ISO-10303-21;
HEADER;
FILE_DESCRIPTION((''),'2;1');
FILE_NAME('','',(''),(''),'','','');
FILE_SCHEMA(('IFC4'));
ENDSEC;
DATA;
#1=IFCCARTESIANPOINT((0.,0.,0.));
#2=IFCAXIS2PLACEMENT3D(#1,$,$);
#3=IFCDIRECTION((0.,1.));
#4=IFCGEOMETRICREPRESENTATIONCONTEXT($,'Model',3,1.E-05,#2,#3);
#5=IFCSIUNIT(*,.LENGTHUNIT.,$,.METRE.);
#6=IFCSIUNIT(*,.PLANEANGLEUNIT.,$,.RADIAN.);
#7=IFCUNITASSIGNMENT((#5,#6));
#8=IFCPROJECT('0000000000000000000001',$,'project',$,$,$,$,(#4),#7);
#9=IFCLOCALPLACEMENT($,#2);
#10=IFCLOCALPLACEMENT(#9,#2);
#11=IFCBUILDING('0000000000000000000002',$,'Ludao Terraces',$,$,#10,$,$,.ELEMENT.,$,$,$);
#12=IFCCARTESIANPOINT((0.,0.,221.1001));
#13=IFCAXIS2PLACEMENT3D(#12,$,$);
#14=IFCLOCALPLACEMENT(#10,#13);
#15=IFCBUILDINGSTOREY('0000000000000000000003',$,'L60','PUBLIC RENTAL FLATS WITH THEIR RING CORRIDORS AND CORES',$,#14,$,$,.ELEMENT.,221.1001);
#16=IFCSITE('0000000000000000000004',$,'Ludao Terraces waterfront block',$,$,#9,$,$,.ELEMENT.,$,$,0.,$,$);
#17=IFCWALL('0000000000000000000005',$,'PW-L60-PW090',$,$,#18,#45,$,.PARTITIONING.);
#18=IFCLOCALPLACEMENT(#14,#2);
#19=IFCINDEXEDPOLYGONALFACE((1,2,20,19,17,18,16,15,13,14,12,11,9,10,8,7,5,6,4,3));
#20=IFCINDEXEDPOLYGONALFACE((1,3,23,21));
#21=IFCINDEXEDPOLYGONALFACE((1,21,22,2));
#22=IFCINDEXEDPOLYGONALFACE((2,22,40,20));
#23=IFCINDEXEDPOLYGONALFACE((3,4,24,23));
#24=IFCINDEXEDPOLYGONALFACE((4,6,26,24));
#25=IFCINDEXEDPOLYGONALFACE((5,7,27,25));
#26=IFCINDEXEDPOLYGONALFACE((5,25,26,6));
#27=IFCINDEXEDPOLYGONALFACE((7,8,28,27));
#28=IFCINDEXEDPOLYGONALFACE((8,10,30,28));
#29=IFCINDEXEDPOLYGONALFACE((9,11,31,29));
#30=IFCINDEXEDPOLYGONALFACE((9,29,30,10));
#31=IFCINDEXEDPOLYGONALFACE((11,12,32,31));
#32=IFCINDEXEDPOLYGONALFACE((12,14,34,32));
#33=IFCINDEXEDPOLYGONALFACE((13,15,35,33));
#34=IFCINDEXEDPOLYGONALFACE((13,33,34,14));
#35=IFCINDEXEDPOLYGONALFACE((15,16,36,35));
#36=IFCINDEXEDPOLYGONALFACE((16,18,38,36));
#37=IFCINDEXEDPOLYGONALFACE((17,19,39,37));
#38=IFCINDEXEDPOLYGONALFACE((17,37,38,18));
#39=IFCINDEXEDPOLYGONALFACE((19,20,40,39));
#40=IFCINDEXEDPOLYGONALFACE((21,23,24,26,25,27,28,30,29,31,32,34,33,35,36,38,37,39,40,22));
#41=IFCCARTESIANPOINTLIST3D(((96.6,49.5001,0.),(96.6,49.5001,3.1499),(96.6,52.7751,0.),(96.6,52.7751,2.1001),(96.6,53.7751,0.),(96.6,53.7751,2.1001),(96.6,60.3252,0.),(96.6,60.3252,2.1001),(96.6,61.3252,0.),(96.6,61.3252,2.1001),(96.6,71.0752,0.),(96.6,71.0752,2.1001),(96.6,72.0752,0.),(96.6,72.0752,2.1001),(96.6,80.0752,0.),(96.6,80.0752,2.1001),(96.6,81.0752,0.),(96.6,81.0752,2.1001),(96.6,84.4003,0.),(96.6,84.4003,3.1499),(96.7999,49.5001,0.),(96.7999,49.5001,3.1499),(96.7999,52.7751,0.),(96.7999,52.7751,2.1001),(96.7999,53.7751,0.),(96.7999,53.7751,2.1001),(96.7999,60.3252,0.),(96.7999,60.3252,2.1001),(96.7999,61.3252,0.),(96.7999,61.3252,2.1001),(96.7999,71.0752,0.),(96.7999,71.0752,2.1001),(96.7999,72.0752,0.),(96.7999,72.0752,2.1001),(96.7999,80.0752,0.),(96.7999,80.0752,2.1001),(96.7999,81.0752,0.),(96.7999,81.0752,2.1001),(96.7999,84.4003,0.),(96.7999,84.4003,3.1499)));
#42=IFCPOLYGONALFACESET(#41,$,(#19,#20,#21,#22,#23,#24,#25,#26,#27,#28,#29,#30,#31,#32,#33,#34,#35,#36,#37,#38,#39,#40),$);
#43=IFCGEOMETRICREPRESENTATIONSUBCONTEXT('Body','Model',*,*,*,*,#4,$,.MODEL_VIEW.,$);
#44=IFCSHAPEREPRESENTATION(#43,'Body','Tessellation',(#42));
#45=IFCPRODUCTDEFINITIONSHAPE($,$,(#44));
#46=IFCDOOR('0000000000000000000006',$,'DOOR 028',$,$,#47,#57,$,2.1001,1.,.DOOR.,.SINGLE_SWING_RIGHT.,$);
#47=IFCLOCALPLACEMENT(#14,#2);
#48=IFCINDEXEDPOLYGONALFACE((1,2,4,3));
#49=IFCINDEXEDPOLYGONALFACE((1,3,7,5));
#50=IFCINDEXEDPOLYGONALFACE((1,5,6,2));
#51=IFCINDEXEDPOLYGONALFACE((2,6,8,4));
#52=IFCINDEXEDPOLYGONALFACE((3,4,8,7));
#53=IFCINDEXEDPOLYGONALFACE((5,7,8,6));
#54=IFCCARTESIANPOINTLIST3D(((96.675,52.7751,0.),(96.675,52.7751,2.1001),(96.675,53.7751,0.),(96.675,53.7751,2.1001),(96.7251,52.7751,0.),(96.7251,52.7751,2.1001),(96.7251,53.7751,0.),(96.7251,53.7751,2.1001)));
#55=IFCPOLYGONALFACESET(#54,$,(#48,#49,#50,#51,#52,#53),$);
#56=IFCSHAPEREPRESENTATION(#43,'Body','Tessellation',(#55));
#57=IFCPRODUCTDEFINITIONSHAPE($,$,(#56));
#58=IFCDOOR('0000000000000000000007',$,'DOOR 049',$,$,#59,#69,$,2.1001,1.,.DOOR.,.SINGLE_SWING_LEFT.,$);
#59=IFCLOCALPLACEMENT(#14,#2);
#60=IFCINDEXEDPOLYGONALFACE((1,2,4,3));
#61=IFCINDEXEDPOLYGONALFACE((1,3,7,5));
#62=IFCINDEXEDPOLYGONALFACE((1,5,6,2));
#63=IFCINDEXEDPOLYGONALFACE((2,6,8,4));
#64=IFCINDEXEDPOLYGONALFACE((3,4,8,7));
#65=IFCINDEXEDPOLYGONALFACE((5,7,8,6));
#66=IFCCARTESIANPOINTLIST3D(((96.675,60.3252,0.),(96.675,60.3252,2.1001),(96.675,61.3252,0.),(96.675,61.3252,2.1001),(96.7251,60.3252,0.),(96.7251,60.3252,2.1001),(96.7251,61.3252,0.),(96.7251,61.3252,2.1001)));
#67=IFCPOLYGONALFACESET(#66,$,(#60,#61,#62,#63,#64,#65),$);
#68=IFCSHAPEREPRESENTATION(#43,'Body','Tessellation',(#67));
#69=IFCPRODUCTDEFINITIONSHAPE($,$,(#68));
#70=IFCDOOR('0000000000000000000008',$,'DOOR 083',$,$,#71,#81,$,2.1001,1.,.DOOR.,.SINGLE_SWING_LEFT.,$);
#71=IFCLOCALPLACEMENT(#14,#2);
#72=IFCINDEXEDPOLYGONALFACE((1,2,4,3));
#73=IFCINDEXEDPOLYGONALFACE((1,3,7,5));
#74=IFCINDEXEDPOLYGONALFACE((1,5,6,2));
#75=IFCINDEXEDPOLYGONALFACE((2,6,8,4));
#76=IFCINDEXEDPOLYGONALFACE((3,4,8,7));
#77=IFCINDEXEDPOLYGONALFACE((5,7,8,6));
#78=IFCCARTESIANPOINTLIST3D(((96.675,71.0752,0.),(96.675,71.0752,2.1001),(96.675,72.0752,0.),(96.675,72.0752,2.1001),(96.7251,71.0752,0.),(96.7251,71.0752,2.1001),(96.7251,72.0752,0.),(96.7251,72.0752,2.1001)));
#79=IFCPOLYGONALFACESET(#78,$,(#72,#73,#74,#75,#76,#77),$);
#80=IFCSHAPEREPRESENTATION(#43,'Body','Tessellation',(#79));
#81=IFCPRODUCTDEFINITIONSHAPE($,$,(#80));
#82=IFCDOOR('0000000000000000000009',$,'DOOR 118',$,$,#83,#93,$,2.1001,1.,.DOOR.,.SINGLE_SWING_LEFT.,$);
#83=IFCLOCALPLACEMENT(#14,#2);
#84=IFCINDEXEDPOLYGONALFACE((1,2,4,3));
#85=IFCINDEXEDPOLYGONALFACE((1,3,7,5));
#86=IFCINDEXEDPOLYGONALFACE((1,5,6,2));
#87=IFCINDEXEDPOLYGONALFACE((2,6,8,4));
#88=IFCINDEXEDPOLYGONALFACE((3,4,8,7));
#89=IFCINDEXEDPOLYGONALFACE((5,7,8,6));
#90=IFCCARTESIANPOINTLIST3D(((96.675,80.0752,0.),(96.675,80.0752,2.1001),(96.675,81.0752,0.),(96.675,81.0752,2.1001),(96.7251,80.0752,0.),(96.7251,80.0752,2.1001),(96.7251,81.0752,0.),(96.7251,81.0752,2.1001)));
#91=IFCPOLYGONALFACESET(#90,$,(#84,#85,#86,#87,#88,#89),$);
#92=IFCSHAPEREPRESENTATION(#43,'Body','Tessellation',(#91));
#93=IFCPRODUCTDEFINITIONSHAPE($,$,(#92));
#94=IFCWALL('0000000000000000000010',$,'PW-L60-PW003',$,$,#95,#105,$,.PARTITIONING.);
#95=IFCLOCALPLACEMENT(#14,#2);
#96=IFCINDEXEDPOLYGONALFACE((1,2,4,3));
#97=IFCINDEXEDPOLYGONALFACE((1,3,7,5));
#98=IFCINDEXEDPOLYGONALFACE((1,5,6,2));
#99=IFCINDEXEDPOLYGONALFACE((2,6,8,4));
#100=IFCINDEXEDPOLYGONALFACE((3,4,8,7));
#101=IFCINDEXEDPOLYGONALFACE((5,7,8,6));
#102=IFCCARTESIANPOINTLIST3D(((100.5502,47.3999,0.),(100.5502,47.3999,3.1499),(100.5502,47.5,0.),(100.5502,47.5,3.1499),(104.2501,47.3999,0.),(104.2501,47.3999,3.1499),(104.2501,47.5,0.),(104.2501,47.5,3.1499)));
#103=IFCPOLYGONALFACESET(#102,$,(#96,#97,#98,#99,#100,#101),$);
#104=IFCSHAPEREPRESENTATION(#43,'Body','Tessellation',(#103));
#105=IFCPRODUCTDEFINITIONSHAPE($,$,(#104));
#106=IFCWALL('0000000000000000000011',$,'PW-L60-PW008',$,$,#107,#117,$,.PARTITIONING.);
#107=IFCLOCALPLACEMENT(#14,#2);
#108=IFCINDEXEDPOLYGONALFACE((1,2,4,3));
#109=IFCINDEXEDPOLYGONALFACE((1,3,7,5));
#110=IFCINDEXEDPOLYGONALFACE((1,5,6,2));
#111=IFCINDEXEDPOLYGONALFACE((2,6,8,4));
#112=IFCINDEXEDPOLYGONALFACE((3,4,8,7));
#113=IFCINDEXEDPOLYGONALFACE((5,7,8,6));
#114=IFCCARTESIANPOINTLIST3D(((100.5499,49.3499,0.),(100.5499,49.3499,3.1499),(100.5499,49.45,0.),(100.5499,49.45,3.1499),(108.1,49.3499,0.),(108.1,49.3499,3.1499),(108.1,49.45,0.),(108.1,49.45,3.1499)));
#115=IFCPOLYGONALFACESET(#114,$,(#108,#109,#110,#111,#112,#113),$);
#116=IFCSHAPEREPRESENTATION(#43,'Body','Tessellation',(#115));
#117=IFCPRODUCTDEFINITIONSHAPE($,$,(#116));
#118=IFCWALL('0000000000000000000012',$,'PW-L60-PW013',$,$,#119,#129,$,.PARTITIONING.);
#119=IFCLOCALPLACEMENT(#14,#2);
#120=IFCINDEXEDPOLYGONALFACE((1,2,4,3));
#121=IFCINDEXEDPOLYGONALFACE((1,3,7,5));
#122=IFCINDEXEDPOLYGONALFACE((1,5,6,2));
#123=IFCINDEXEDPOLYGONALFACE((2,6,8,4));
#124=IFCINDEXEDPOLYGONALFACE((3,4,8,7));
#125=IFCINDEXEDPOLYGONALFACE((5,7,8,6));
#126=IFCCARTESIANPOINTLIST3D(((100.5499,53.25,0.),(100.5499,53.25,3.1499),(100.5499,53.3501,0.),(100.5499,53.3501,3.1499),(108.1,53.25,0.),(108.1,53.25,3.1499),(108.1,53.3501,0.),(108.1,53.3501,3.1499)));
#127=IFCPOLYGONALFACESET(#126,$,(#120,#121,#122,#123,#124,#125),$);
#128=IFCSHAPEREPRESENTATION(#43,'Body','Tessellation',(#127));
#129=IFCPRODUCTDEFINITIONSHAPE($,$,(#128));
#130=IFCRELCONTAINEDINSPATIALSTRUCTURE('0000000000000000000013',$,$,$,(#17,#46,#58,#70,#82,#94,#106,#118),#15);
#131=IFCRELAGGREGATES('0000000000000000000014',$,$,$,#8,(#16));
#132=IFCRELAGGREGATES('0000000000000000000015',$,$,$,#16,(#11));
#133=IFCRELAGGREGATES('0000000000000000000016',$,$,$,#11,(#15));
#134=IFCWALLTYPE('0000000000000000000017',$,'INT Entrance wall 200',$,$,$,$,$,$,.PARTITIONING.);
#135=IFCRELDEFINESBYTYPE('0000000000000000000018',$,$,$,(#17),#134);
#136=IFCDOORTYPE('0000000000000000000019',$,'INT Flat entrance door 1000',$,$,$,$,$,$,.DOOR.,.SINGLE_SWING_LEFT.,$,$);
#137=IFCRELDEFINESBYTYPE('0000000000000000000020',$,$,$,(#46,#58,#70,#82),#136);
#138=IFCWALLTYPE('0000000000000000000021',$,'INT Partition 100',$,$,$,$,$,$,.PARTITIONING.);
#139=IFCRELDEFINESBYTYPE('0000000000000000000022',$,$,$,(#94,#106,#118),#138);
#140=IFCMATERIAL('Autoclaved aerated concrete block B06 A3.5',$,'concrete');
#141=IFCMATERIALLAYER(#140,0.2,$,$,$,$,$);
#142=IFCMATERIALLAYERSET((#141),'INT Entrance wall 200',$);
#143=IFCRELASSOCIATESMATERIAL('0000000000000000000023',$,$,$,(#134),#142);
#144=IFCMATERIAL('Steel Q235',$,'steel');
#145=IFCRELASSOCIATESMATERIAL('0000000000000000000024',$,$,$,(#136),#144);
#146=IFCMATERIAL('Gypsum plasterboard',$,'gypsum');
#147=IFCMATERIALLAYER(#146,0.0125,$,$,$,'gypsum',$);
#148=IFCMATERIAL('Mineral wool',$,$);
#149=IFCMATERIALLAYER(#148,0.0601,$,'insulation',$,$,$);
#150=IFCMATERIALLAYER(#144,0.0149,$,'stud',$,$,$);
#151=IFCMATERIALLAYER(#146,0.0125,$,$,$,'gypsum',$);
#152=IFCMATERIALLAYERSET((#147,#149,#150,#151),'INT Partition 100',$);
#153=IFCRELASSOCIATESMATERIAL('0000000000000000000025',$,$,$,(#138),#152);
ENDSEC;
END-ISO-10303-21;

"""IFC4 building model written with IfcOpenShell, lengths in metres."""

from ifc_helpers import new_model, si_unit, direction, frame, frame_2d, origin, place, context, subcontext, project, spatial, rectangle, extrude, material, layer, layer_set, type_object, element, fill, save


model = new_model("IFC4")

# Units and contexts
model_context = context("Model", 3, precision=1e-05, world=origin(), true_north=direction((0.0, 1.0)))
body_context = subcontext(model_context, "Body", "Model", "MODEL_VIEW")
ifc_project = project(units=[si_unit("LENGTHUNIT", "METRE"), si_unit("PLANEANGLEUNIT", "RADIAN")], contexts=[model_context])

# Site, building, storey
site_placement = place(None, origin())
site = spatial("IfcSite", under=ifc_project, at=site_placement, Name="Ludao Terraces waterfront block", CompositionType="ELEMENT", RefElevation=0.0)
building_placement = place(site_placement, origin())
building = spatial("IfcBuilding", under=site, at=building_placement, Name="Ludao Terraces", CompositionType="ELEMENT")
storey_placement = place(building_placement, frame((0.0, 0.0, 221.1001)))
storey = spatial("IfcBuildingStorey", under=building, at=storey_placement, Name="L60", Description="PUBLIC RENTAL FLATS WITH THEIR RING CORRIDORS AND CORES", CompositionType="ELEMENT", Elevation=221.1001)

# Wall, openings, doors
ifc_material_1 = material(Name="Autoclaved aerated concrete block B06 A3.5", Category="concrete")
ifc_layer_1 = layer(ifc_material_1, 0.2)
ifc_layer_set_1 = layer_set([ifc_layer_1], Name="INT Entrance wall 200")
wall_type_1 = type_object("IfcWallType", Name="INT Entrance wall 200", PredefinedType="PARTITIONING", material=ifc_layer_set_1)
wall_1_placement = place(storey_placement, frame((96.7, 49.5, 0.0), z_axis=(0.0, 0.0, 1.0), x_axis=(0.0, 1.0, 0.0)))
wall_1 = element("IfcWall", 1, at=wall_1_placement, inside=storey, type_object=wall_type_1, Name="PW-L60-PW090", PredefinedType="PARTITIONING", context=body_context, shape_type="SweptSolid", body=[
    extrude(rectangle(XDim=34.9001, YDim=0.2, at=frame_2d((17.4502, 0.0))), origin(), (0.0, 0.0, 1.0), 3.1499),
])
opening_1_placement = place(wall_1_placement, frame((3.2751, 0.0, 0.0)))
opening_1 = element("IfcOpeningElement", 2, at=opening_1_placement, cuts=wall_1, PredefinedType="OPENING", context=body_context, shape_type="SweptSolid", body=[
    extrude(rectangle(XDim=1.0, YDim=2.1001, at=frame_2d((0.5, 1.05))), frame((0.0, 0.1099, 0.0), z_axis=(0.0, -1.0, 0.0), x_axis=(1.0, 0.0, 0.0)), (0.0, 0.0, 1.0), 0.22),
])
opening_2_placement = place(wall_1_placement, frame((10.8252, 0.0, 0.0)))
opening_2 = element("IfcOpeningElement", 3, at=opening_2_placement, cuts=wall_1, PredefinedType="OPENING", context=body_context, shape_type="SweptSolid", body=[
    extrude(rectangle(XDim=1.0, YDim=2.1001, at=frame_2d((0.5, 1.05))), frame((0.0, 0.1099, 0.0), z_axis=(0.0, -1.0, 0.0), x_axis=(1.0, 0.0, 0.0)), (0.0, 0.0, 1.0), 0.22),
])
opening_3_placement = place(wall_1_placement, frame((21.5752, 0.0, 0.0)))
opening_3 = element("IfcOpeningElement", 4, at=opening_3_placement, cuts=wall_1, PredefinedType="OPENING", context=body_context, shape_type="SweptSolid", body=[
    extrude(rectangle(XDim=1.0, YDim=2.1001, at=frame_2d((0.5, 1.05))), frame((0.0, 0.1099, 0.0), z_axis=(0.0, -1.0, 0.0), x_axis=(1.0, 0.0, 0.0)), (0.0, 0.0, 1.0), 0.22),
])
opening_4_placement = place(wall_1_placement, frame((30.5752, 0.0, 0.0)))
opening_4 = element("IfcOpeningElement", 5, at=opening_4_placement, cuts=wall_1, PredefinedType="OPENING", context=body_context, shape_type="SweptSolid", body=[
    extrude(rectangle(XDim=1.0, YDim=2.1001, at=frame_2d((0.5, 1.05))), frame((0.0, 0.1099, 0.0), z_axis=(0.0, -1.0, 0.0), x_axis=(1.0, 0.0, 0.0)), (0.0, 0.0, 1.0), 0.22),
])
ifc_material_2 = material(Name="Steel Q235", Category="steel")
door_type_1 = type_object("IfcDoorType", Name="INT Flat entrance door 1000", OperationType="SINGLE_SWING_LEFT", PredefinedType="DOOR", material=ifc_material_2)
door_1_placement = place(opening_1_placement, origin())
door_1 = element("IfcDoor", 6, at=door_1_placement, inside=storey, type_object=door_type_1, Name="DOOR 028", OperationType="SINGLE_SWING_RIGHT", OverallHeight=2.1001, OverallWidth=1.0, PredefinedType="DOOR", context=body_context, shape_type="SweptSolid", body=[
    extrude(rectangle(XDim=1.0, YDim=2.1001, at=frame_2d((0.5, 1.05))), frame((0.0, 0.0249, 0.0), z_axis=(0.0, -1.0, 0.0), x_axis=(1.0, 0.0, 0.0)), (0.0, 0.0, 1.0), 0.05),
])
fill(opening_1, door_1)
door_2_placement = place(opening_2_placement, origin())
door_2 = element("IfcDoor", 7, at=door_2_placement, inside=storey, type_object=door_type_1, Name="DOOR 049", OperationType="SINGLE_SWING_LEFT", OverallHeight=2.1001, OverallWidth=1.0, PredefinedType="DOOR", context=body_context, shape_type="SweptSolid", body=[
    extrude(rectangle(XDim=1.0, YDim=2.1001, at=frame_2d((0.5, 1.05))), frame((0.0, 0.0249, 0.0), z_axis=(0.0, -1.0, 0.0), x_axis=(1.0, 0.0, 0.0)), (0.0, 0.0, 1.0), 0.05),
])
fill(opening_2, door_2)
door_3_placement = place(opening_3_placement, origin())
door_3 = element("IfcDoor", 8, at=door_3_placement, inside=storey, type_object=door_type_1, Name="DOOR 083", OperationType="SINGLE_SWING_LEFT", OverallHeight=2.1001, OverallWidth=1.0, PredefinedType="DOOR", context=body_context, shape_type="SweptSolid", body=[
    extrude(rectangle(XDim=1.0, YDim=2.1001, at=frame_2d((0.5, 1.05))), frame((0.0, 0.0249, 0.0), z_axis=(0.0, -1.0, 0.0), x_axis=(1.0, 0.0, 0.0)), (0.0, 0.0, 1.0), 0.05),
])
fill(opening_3, door_3)
door_4_placement = place(opening_4_placement, origin())
door_4 = element("IfcDoor", 9, at=door_4_placement, inside=storey, type_object=door_type_1, Name="DOOR 118", OperationType="SINGLE_SWING_LEFT", OverallHeight=2.1001, OverallWidth=1.0, PredefinedType="DOOR", context=body_context, shape_type="SweptSolid", body=[
    extrude(rectangle(XDim=1.0, YDim=2.1001, at=frame_2d((0.5, 1.05))), frame((0.0, 0.0249, 0.0), z_axis=(0.0, -1.0, 0.0), x_axis=(1.0, 0.0, 0.0)), (0.0, 0.0, 1.0), 0.05),
])
fill(opening_4, door_4)

# Walls
ifc_material_3 = material(Name="Gypsum plasterboard", Category="gypsum")
ifc_layer_2 = layer(ifc_material_3, 0.0125, Category="gypsum")
ifc_material_4 = material(Name="Mineral wool")
ifc_layer_3 = layer(ifc_material_4, 0.0601, Name="insulation")
ifc_layer_4 = layer(ifc_material_2, 0.0149, Name="stud")
ifc_layer_5 = layer(ifc_material_3, 0.0125, Category="gypsum")
ifc_layer_set_2 = layer_set([ifc_layer_2, ifc_layer_3, ifc_layer_4, ifc_layer_5], Name="INT Partition 100")
wall_type_2 = type_object("IfcWallType", Name="INT Partition 100", PredefinedType="PARTITIONING", material=ifc_layer_set_2)
wall_2_placement = place(storey_placement, frame((100.55, 47.45, 0.0), z_axis=(0.0, 0.0, 1.0), x_axis=(1.0, 0.0, 0.0)))
element("IfcWall", 10, at=wall_2_placement, inside=storey, type_object=wall_type_2, Name="PW-L60-PW003", PredefinedType="PARTITIONING", context=body_context, shape_type="SweptSolid", body=[
    extrude(rectangle(XDim=3.7, YDim=0.1001, at=frame_2d((1.8501, 0.0))), origin(), (0.0, 0.0, 1.0), 3.1499),
])
for number, where, z_axis, x_axis, name in (
    (11, (100.55, 49.3999, 0.0), (0.0, 0.0, 1.0), (1.0, 0.0, 0.0), "PW-L60-PW008"),
    (12, (100.55, 53.3, 0.0), (0.0, 0.0, 1.0), (1.0, 0.0, 0.0), "PW-L60-PW013"),
):
    element("IfcWall", number, at=place(storey_placement, frame(where, z_axis=z_axis, x_axis=x_axis)), inside=storey, type_object=wall_type_2, Name=name, PredefinedType="PARTITIONING", context=body_context, shape_type="SweptSolid", body=[
        extrude(rectangle(XDim=7.55, YDim=0.1001, at=frame_2d((3.7749, 0.0))), origin(), (0.0, 0.0, 1.0), 3.1499),
    ])

save(model, "model.ifc")
